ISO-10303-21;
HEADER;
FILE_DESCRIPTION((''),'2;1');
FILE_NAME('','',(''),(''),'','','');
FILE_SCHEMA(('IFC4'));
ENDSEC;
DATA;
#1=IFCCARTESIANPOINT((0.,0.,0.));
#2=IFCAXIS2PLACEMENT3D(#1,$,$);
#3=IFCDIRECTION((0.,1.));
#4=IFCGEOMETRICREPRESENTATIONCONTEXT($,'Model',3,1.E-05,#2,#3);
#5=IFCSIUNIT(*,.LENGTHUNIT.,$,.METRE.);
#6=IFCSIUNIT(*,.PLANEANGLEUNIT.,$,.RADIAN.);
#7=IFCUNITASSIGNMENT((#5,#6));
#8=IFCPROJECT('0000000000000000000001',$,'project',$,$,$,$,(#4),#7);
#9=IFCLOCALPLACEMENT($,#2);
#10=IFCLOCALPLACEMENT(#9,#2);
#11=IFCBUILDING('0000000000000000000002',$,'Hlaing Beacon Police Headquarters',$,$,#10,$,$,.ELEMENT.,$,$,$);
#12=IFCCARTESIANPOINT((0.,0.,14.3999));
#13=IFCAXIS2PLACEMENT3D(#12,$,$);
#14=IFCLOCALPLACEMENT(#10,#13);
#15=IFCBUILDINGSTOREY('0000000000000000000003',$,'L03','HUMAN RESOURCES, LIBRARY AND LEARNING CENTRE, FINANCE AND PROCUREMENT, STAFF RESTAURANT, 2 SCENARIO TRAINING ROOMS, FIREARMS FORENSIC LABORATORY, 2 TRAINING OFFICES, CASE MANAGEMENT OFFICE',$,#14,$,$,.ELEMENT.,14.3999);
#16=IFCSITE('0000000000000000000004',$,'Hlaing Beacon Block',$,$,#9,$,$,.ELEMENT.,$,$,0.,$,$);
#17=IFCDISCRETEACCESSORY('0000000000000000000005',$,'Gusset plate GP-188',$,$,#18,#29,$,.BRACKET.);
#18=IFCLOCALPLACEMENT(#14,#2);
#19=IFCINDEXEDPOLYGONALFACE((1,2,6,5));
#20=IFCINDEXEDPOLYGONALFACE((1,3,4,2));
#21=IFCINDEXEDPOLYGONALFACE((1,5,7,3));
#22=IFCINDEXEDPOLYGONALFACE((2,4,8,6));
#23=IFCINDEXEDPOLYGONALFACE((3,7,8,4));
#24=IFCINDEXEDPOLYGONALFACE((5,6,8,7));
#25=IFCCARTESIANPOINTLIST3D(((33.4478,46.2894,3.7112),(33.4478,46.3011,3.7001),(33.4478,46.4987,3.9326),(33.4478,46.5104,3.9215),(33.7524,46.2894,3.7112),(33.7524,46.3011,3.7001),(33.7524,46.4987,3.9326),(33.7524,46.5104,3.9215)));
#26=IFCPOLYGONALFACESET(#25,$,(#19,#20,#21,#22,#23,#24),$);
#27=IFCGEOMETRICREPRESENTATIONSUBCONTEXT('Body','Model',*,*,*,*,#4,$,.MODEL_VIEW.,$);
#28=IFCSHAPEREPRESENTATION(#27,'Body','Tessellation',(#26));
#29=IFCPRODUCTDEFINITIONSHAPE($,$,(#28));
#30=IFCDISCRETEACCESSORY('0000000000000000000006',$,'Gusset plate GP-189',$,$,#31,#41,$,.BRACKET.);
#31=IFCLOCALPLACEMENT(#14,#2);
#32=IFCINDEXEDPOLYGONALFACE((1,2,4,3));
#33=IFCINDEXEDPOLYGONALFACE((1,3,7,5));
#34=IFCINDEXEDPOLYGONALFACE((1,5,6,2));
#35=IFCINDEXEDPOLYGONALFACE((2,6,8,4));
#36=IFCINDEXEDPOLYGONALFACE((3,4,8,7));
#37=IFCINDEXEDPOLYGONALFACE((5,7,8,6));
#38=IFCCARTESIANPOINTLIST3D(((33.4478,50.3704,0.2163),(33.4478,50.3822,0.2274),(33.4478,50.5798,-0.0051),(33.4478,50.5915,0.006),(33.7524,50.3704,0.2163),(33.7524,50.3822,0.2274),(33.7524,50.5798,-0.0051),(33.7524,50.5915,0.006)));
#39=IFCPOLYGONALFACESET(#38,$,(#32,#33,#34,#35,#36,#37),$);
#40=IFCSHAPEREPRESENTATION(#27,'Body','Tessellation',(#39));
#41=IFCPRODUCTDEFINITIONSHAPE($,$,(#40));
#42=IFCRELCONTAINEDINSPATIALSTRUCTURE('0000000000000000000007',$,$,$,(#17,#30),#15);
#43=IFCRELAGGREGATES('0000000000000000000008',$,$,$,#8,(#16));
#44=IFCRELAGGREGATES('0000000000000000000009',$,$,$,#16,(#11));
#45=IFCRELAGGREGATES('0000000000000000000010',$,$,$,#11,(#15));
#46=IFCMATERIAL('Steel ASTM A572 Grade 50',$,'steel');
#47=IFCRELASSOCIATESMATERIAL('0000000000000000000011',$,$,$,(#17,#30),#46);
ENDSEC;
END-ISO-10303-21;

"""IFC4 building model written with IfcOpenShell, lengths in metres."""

from ifc_helpers import new_model, si_unit, direction, frame, origin, origin_2d, place, context, subcontext, project, spatial, rectangle, extrude, material, element, save


model = new_model("IFC4")

# Units and contexts
model_context = context("Model", 3, precision=1e-05, world=origin(), true_north=direction((0.0, 1.0)))
body_context = subcontext(model_context, "Body", "Model", "MODEL_VIEW")
ifc_project = project(units=[si_unit("LENGTHUNIT", "METRE"), si_unit("PLANEANGLEUNIT", "RADIAN")], contexts=[model_context])

# Site, building, storey
site_placement = place(None, origin())
site = spatial("IfcSite", under=ifc_project, at=site_placement, Name="Hlaing Beacon Block", CompositionType="ELEMENT", RefElevation=0.0)
building_placement = place(site_placement, origin())
building = spatial("IfcBuilding", under=site, at=building_placement, Name="Hlaing Beacon Police Headquarters", CompositionType="ELEMENT")
storey_placement = place(building_placement, frame((0.0, 0.0, 14.3999)))
storey = spatial("IfcBuildingStorey", under=building, at=storey_placement, Name="L03", Description="HUMAN RESOURCES, LIBRARY AND LEARNING CENTRE, FINANCE AND PROCUREMENT, STAFF RESTAURANT, 2 SCENARIO TRAINING ROOMS, FIREARMS FORENSIC LABORATORY, 2 TRAINING OFFICES, CASE MANAGEMENT OFFICE", CompositionType="ELEMENT", Elevation=14.3999)

# Discrete accessories
ifc_material_1 = material(Name="Steel ASTM A572 Grade 50", Category="steel")
for number, where, z_axis, x_axis, name in (
    (1, (33.6001, 46.4058, 3.8108), (0.0, -0.726678, 0.686978), (1.0, 0.0, 0.0), "Gusset plate GP-188"),
    (2, (33.6001, 50.4868, 0.1167), (0.0, -0.726657, -0.687001), (1.0, 0.0, 0.0), "Gusset plate GP-189"),
):
    element("IfcDiscreteAccessory", number, at=place(storey_placement, frame(where, z_axis=z_axis, x_axis=x_axis)), inside=storey, material=ifc_material_1, Name=name, PredefinedType="BRACKET", context=body_context, shape_type="SweptSolid", body=[
        extrude(rectangle(XDim=0.3047, YDim=0.3047, at=origin_2d()), origin(), (0.0, 0.0, 1.0), 0.0161),
    ])

save(model, "model.ifc")
